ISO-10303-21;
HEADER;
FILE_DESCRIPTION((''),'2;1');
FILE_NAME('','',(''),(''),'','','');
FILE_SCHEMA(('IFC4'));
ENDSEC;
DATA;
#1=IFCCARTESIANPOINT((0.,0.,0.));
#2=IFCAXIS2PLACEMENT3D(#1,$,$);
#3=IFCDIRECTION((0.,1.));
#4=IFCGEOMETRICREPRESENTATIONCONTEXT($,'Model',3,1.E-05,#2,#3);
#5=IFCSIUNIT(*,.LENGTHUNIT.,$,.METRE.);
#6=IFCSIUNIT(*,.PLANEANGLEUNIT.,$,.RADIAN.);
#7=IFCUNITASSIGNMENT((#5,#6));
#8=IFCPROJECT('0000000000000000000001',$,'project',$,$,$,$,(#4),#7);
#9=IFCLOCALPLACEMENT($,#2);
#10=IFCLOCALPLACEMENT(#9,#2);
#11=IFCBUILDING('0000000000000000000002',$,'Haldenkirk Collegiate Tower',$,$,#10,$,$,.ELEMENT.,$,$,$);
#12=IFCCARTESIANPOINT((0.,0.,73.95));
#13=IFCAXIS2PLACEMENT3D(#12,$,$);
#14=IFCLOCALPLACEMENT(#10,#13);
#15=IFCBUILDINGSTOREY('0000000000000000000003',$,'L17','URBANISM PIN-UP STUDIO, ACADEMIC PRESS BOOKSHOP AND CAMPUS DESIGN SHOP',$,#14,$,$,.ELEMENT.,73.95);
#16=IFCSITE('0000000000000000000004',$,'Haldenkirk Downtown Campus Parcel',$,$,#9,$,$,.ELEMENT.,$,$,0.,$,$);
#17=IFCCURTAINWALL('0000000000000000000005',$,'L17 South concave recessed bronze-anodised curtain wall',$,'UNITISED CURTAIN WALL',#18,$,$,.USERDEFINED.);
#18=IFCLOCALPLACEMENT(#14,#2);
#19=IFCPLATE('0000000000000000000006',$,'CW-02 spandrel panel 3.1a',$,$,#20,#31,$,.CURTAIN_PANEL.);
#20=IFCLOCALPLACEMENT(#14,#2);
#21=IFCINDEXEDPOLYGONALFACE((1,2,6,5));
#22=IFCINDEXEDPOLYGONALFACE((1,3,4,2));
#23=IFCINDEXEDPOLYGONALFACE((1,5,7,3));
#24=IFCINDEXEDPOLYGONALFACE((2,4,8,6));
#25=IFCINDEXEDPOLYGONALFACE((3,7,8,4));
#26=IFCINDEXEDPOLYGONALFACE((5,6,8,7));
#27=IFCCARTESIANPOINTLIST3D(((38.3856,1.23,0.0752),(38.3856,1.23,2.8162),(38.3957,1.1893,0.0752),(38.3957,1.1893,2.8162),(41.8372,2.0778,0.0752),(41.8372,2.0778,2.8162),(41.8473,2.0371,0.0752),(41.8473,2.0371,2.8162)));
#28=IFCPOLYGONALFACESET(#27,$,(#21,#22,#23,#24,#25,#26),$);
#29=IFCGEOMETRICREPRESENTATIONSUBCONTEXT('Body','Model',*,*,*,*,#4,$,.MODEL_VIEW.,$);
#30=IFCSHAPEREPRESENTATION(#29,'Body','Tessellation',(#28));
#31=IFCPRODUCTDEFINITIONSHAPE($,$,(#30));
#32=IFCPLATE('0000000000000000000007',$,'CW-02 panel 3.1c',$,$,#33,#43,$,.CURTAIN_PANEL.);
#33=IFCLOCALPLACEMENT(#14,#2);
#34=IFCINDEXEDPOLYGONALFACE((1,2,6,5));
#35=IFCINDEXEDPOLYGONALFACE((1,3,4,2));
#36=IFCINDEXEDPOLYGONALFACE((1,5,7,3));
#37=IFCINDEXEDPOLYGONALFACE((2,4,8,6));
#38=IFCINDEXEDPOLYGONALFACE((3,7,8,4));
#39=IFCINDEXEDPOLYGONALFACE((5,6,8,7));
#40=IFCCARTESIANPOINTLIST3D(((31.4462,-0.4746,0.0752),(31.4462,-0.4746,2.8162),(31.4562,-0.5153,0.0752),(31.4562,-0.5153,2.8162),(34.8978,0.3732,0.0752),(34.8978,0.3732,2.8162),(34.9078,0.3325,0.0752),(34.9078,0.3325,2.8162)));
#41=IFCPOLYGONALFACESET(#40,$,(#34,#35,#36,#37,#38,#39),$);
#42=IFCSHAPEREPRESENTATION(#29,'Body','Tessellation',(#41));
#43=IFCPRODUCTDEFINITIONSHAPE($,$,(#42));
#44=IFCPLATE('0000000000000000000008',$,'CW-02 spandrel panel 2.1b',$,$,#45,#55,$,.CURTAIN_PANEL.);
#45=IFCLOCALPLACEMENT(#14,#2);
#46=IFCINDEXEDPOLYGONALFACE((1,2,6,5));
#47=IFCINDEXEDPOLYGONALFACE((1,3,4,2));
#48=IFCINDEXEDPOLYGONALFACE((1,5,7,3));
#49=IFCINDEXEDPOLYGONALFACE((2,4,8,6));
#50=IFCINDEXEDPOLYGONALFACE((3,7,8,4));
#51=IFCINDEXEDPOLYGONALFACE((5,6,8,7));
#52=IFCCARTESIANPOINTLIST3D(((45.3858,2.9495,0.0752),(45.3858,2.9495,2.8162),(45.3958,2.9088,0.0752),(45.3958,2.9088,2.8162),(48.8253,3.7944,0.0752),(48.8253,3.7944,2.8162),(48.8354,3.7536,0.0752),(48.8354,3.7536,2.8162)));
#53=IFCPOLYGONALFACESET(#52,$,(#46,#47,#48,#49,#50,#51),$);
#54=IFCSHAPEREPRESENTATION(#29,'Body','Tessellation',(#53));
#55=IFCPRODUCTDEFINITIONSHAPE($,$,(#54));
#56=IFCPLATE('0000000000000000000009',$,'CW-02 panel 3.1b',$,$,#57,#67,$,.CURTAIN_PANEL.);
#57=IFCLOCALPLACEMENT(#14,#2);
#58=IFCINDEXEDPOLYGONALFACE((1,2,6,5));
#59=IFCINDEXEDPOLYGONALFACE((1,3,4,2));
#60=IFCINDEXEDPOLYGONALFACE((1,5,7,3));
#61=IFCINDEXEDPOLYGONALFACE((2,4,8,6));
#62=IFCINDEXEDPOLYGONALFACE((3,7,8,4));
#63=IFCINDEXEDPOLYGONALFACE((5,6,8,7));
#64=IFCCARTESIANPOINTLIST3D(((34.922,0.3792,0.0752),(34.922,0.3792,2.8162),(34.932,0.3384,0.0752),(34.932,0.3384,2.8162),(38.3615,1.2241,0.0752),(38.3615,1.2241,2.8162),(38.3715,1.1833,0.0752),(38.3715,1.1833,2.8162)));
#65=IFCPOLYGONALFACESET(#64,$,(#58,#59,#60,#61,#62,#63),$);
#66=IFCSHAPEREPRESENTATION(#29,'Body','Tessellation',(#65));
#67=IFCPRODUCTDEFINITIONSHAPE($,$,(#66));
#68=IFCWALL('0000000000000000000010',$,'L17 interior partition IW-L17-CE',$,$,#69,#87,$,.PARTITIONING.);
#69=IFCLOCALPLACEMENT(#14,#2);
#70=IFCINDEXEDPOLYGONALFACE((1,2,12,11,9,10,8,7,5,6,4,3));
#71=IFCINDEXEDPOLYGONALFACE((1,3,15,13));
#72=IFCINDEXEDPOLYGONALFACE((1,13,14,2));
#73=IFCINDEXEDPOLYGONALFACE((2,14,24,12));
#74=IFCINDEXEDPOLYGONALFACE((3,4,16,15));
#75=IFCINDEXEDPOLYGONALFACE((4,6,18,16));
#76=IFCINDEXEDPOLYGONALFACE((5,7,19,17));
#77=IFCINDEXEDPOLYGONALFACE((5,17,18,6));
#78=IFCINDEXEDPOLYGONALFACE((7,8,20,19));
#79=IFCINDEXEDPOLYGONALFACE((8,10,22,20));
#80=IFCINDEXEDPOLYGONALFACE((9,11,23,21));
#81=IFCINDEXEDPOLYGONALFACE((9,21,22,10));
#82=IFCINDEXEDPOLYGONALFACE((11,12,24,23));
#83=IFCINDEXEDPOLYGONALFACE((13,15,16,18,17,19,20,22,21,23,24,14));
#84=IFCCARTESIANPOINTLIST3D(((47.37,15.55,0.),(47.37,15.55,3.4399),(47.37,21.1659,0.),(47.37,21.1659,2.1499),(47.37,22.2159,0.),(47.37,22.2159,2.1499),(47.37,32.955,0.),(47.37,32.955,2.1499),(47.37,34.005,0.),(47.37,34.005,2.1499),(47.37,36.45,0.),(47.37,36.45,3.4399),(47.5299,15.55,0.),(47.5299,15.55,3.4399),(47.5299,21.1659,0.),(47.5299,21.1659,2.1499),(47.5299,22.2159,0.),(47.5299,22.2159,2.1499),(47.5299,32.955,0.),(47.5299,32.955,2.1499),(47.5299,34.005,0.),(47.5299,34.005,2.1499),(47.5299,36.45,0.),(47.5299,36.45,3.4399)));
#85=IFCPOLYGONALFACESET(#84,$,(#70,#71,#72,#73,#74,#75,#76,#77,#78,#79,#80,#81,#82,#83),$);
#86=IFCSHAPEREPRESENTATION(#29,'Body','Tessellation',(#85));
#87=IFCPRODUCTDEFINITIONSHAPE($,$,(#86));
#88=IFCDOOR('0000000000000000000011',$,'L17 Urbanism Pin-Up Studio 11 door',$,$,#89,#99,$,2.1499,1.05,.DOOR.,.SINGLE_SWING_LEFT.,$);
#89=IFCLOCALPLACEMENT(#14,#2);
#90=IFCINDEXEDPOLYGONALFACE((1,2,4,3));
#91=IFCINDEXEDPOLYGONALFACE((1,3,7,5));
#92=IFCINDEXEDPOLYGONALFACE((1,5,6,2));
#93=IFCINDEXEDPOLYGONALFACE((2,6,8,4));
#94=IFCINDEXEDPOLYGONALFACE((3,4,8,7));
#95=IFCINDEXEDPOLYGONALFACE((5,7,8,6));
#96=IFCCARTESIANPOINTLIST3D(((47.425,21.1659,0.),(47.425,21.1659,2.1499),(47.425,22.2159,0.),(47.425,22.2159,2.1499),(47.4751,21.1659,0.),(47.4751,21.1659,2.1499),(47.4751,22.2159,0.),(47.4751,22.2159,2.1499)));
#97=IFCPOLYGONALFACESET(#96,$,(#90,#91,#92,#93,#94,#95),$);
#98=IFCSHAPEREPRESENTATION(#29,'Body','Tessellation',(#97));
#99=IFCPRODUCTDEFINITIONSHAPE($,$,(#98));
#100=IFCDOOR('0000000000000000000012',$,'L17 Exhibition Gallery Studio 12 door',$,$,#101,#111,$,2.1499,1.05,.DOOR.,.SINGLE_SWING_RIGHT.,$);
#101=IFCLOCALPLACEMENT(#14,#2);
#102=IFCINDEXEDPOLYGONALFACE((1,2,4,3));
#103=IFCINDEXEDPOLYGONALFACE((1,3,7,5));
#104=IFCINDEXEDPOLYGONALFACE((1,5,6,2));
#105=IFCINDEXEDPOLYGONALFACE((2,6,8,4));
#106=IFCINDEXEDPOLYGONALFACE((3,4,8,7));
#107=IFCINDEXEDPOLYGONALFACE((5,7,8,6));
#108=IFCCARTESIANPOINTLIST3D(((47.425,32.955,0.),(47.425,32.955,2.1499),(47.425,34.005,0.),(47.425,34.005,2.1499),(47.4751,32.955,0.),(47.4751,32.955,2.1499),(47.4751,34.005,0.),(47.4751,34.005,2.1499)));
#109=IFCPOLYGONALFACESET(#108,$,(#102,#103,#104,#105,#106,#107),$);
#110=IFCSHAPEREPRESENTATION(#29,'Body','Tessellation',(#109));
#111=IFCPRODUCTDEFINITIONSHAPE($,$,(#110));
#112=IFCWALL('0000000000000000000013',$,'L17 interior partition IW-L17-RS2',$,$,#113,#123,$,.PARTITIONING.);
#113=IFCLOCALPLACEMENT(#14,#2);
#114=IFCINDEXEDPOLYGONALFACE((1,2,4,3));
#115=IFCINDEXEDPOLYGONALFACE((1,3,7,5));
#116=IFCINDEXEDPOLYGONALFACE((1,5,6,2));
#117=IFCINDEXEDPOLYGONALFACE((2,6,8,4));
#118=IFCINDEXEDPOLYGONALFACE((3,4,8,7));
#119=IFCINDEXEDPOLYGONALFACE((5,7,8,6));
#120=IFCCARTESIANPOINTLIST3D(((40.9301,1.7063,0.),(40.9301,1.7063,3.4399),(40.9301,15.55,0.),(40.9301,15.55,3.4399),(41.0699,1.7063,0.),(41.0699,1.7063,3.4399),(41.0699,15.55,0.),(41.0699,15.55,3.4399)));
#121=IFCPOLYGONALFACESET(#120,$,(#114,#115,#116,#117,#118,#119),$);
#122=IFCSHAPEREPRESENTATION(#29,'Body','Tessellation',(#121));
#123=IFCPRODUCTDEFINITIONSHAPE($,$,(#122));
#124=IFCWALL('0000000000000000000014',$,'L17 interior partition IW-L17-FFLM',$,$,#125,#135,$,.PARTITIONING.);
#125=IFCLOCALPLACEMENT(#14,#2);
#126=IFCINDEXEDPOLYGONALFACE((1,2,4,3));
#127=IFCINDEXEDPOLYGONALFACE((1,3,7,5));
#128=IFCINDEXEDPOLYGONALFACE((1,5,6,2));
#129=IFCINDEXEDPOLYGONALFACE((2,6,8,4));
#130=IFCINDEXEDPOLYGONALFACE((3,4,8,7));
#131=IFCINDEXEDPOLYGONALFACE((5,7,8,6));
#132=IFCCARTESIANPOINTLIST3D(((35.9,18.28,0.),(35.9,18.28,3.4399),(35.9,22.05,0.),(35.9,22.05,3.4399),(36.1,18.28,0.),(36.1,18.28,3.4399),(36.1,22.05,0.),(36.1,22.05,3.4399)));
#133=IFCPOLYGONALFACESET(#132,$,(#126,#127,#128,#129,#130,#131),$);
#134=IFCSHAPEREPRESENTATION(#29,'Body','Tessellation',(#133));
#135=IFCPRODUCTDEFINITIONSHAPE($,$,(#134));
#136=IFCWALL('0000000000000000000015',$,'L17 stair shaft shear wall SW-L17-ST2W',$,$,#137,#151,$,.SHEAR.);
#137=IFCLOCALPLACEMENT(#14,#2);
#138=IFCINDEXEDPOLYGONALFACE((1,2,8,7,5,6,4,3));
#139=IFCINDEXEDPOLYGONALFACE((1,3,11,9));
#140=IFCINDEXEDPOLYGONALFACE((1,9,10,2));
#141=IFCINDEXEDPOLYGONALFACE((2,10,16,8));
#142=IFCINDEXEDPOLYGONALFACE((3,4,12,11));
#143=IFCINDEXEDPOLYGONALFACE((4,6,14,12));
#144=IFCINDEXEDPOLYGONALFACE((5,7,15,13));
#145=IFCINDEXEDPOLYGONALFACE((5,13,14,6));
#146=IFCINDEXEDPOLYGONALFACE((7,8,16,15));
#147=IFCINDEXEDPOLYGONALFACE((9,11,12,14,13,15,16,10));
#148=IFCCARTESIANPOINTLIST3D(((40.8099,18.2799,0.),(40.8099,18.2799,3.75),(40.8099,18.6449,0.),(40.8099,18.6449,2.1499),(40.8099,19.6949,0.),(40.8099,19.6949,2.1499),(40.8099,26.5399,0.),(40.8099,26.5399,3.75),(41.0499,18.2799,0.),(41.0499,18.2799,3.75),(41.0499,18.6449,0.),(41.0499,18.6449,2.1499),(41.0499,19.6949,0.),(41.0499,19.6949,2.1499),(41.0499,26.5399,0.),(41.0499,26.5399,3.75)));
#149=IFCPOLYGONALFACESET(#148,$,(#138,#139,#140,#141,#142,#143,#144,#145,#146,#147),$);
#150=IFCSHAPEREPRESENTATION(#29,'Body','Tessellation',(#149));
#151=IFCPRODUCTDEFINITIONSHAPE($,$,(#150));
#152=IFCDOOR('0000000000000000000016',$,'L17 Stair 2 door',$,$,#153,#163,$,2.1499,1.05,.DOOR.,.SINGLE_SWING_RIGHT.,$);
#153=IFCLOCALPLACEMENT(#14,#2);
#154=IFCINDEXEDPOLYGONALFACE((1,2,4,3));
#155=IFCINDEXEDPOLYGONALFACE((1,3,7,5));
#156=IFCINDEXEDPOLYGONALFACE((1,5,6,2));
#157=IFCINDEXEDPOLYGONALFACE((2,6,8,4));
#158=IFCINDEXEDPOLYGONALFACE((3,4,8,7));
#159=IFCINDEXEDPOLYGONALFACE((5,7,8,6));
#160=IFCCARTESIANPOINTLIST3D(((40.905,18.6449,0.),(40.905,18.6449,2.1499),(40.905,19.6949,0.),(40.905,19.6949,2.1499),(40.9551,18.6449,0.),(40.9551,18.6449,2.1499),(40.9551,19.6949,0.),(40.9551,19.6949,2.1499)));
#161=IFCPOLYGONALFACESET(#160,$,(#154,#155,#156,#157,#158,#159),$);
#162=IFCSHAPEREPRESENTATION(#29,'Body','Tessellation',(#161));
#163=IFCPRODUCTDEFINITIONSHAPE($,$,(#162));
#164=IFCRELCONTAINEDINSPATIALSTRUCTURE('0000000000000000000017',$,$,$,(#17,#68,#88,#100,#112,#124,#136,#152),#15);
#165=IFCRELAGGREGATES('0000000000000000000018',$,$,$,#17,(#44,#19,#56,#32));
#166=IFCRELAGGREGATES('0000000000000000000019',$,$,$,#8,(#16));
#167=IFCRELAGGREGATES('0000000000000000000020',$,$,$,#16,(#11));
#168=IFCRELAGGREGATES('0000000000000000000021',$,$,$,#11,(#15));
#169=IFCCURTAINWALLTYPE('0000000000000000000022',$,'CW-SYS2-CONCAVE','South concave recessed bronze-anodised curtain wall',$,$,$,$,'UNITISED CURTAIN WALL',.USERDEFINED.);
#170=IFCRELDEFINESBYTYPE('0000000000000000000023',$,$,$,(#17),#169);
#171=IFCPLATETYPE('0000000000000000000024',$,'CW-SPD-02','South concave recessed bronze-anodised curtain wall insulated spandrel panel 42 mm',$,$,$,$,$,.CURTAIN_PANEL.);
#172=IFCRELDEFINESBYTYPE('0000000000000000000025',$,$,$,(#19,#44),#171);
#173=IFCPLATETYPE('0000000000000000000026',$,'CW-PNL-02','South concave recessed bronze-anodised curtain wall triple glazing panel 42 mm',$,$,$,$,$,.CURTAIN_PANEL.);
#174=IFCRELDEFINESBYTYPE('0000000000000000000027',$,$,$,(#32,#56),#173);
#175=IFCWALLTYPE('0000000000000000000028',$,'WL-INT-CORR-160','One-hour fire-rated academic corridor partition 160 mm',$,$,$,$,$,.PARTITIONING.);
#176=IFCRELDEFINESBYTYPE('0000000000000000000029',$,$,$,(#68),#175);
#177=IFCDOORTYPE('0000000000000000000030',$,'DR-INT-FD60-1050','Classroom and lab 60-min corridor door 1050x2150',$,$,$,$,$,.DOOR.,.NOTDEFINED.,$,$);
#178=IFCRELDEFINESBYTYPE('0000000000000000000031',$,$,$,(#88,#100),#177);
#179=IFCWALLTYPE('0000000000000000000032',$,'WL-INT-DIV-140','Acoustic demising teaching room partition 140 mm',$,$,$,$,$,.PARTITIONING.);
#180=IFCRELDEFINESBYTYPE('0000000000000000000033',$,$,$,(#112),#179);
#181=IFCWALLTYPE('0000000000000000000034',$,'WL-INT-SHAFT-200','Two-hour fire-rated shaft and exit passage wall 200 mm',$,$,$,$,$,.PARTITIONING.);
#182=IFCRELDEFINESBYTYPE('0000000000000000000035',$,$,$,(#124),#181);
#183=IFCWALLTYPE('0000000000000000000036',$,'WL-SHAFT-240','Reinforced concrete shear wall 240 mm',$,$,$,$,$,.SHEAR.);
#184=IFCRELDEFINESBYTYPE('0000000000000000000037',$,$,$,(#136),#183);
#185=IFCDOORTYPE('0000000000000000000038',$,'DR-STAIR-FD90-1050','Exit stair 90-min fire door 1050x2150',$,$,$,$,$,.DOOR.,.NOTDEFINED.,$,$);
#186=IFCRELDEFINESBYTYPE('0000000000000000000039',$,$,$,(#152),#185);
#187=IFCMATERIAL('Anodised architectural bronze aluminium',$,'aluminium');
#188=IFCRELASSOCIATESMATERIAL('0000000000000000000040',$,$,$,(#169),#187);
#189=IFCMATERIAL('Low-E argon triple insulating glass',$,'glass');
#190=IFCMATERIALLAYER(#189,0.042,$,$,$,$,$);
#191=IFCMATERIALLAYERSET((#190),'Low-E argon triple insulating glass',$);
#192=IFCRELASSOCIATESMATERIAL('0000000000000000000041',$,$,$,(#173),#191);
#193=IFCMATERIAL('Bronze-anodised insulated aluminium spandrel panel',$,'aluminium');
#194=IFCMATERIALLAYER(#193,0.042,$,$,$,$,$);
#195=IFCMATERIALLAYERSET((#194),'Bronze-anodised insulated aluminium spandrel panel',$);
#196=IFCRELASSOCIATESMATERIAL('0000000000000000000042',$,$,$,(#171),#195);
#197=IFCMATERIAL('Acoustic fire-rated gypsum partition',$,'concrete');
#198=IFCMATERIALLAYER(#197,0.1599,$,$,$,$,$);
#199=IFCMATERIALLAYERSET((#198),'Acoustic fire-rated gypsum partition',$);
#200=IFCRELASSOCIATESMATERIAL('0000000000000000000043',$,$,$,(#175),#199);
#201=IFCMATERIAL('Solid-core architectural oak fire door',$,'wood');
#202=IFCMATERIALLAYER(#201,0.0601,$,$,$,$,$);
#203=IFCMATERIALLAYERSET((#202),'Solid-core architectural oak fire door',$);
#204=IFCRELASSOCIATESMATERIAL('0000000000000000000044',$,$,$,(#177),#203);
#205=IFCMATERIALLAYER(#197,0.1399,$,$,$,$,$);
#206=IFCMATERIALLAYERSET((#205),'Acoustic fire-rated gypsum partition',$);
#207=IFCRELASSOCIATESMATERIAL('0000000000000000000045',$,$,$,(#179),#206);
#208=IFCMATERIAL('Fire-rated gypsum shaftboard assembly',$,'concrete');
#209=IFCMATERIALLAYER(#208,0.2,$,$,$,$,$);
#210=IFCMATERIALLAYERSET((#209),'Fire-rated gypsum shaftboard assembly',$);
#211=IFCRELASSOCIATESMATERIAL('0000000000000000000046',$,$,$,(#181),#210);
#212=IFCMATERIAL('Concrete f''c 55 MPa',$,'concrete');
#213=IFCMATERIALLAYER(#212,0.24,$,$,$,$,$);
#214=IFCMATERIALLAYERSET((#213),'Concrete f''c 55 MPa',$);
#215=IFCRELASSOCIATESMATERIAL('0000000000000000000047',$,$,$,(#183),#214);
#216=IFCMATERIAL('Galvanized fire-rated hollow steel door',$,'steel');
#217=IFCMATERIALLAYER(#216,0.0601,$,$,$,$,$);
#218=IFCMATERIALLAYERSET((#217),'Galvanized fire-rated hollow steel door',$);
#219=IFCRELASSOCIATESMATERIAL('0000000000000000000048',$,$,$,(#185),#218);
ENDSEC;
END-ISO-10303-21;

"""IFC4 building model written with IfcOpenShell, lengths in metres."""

from ifc_helpers import new_model, si_unit, direction, frame, frame_2d, origin, origin_2d, place, context, subcontext, project, spatial, rectangle, extrude, source, transform, mapped, material, layer, layer_set, type_object, element, fill, aggregate, save


model = new_model("IFC4")

# Units and contexts
model_context = context("Model", 3, precision=1e-05, world=origin(), true_north=direction((0.0, 1.0)))
body_context = subcontext(model_context, "Body", "Model", "MODEL_VIEW")
ifc_project = project(units=[si_unit("LENGTHUNIT", "METRE"), si_unit("PLANEANGLEUNIT", "RADIAN")], contexts=[model_context])

# Site, building, storey
site_placement = place(None, origin())
site = spatial("IfcSite", under=ifc_project, at=site_placement, Name="Haldenkirk Downtown Campus Parcel", CompositionType="ELEMENT", RefElevation=0.0)
building_placement = place(site_placement, origin())
building = spatial("IfcBuilding", under=site, at=building_placement, Name="Haldenkirk Collegiate Tower", CompositionType="ELEMENT")
storey_placement = place(building_placement, frame((0.0, 0.0, 73.95)))
storey = spatial("IfcBuildingStorey", under=building, at=storey_placement, Name="L17", Description="URBANISM PIN-UP STUDIO, ACADEMIC PRESS BOOKSHOP AND CAMPUS DESIGN SHOP", CompositionType="ELEMENT", Elevation=73.95)

# Curtain wall
ifc_material_1 = material(Name="Anodised architectural bronze aluminium", Category="aluminium")
curtain_wall_type = type_object("IfcCurtainWallType", Name="CW-SYS2-CONCAVE", Description="South concave recessed bronze-anodised curtain wall", ElementType="UNITISED CURTAIN WALL", PredefinedType="USERDEFINED", material=ifc_material_1)
curtain_wall_placement = place(storey_placement, origin())
curtain_wall = element("IfcCurtainWall", 1, at=curtain_wall_placement, inside=storey, type_object=curtain_wall_type, Name="L17 South concave recessed bronze-anodised curtain wall", ObjectType="UNITISED CURTAIN WALL", PredefinedType="USERDEFINED")

# Plates
ifc_material_2 = material(Name="Low-E argon triple insulating glass", Category="glass")
ifc_layer_1 = layer(ifc_material_2, 0.042)
ifc_layer_set_1 = layer_set([ifc_layer_1], Name="Low-E argon triple insulating glass")
plate_type_1 = type_object("IfcPlateType", Name="CW-PNL-02", Description="South concave recessed bronze-anodised curtain wall triple glazing panel 42 mm", PredefinedType="CURTAIN_PANEL", material=ifc_layer_set_1)
shared_shape_1 = source(origin(), body_context, "Body", "SweptSolid", [
    extrude(rectangle(XDim=3.5542, YDim=0.042, at=origin_2d()), origin(), (0.0, 0.0, 1.0), 2.741),
])
ifc_material_3 = material(Name="Bronze-anodised insulated aluminium spandrel panel", Category="aluminium")
ifc_layer_2 = layer(ifc_material_3, 0.042)
ifc_layer_set_2 = layer_set([ifc_layer_2], Name="Bronze-anodised insulated aluminium spandrel panel")
plate_type_2 = type_object("IfcPlateType", Name="CW-SPD-02", Description="South concave recessed bronze-anodised curtain wall insulated spandrel panel 42 mm", PredefinedType="CURTAIN_PANEL", material=ifc_layer_set_2)
plate_1_placement = place(storey_placement, frame((40.1165, 1.6335, 0.0752), z_axis=(0.0, 0.0, 1.0), x_axis=(-0.971134, -0.238533, 0.0)))
plate_1 = element("IfcPlate", 2, at=plate_1_placement, type_object=plate_type_2, Name="CW-02 spandrel panel 3.1a", PredefinedType="CURTAIN_PANEL", context=body_context, shape_type="MappedRepresentation", body=[
    mapped(shared_shape_1, transform((0.0, 0.0, 0.0), x_axis=(1.0, 0.0, 0.0), y_axis=(0.0, 1.0, 0.0), z_axis=(0.0, 0.0, 1.0), scale=1.0)),
])
plate_2_placement = place(storey_placement, frame((33.177, -0.071, 0.0752), z_axis=(0.0, 0.0, 1.0), x_axis=(-0.971134, -0.238533, 0.0)))
plate_2 = element("IfcPlate", 3, at=plate_2_placement, type_object=plate_type_1, Name="CW-02 panel 3.1c", PredefinedType="CURTAIN_PANEL", context=body_context, shape_type="MappedRepresentation", body=[
    mapped(shared_shape_1, transform((0.0, 0.0, 0.0), x_axis=(1.0, 0.0, 0.0), y_axis=(0.0, 1.0, 0.0), z_axis=(0.0, 0.0, 1.0), scale=1.0)),
])
shared_shape_2 = source(origin(), body_context, "Body", "SweptSolid", [
    extrude(rectangle(XDim=3.5417, YDim=0.042, at=origin_2d()), origin(), (0.0, 0.0, 1.0), 2.741),
])
plate_3_placement = place(storey_placement, frame((47.1106, 3.3516, 0.0752), z_axis=(0.0, 0.0, 1.0), x_axis=(-0.971134, -0.238533, 0.0)))
plate_3 = element("IfcPlate", 4, at=plate_3_placement, type_object=plate_type_2, Name="CW-02 spandrel panel 2.1b", PredefinedType="CURTAIN_PANEL", context=body_context, shape_type="MappedRepresentation", body=[
    mapped(shared_shape_2, transform((0.0, 0.0, 0.0), x_axis=(1.0, 0.0, 0.0), y_axis=(0.0, 1.0, 0.0), z_axis=(0.0, 0.0, 1.0), scale=1.0)),
])
plate_4_placement = place(storey_placement, frame((36.6467, 0.7812, 0.0752), z_axis=(0.0, 0.0, 1.0), x_axis=(-0.971134, -0.238533, 0.0)))
plate_4 = element("IfcPlate", 5, at=plate_4_placement, type_object=plate_type_1, Name="CW-02 panel 3.1b", PredefinedType="CURTAIN_PANEL", context=body_context, shape_type="MappedRepresentation", body=[
    mapped(shared_shape_2, transform((0.0, 0.0, 0.0), x_axis=(1.0, 0.0, 0.0), y_axis=(0.0, 1.0, 0.0), z_axis=(0.0, 0.0, 1.0), scale=1.0)),
])
aggregate(curtain_wall, [plate_3, plate_1, plate_4, plate_2])

# Wall, openings, doors
ifc_material_4 = material(Name="Acoustic fire-rated gypsum partition", Category="concrete")
ifc_layer_3 = layer(ifc_material_4, 0.1599)
ifc_layer_set_3 = layer_set([ifc_layer_3], Name="Acoustic fire-rated gypsum partition")
wall_type_1 = type_object("IfcWallType", Name="WL-INT-CORR-160", Description="One-hour fire-rated academic corridor partition 160 mm", PredefinedType="PARTITIONING", material=ifc_layer_set_3)
wall_1_placement = place(storey_placement, frame((47.45, 15.55, 0.0), z_axis=(0.0, 0.0, 1.0), x_axis=(0.0, 1.0, 0.0)))
wall_1 = element("IfcWall", 6, at=wall_1_placement, inside=storey, type_object=wall_type_1, Name="L17 interior partition IW-L17-CE", PredefinedType="PARTITIONING", context=body_context, shape_type="SweptSolid", body=[
    extrude(rectangle(XDim=20.8999, YDim=0.1599, at=frame_2d((10.45, 0.0))), origin(), (0.0, 0.0, 1.0), 3.4399),
])
opening_1_placement = place(wall_1_placement, frame((5.616, 0.0, 0.0)))
opening_1 = element("IfcOpeningElement", 7, at=opening_1_placement, cuts=wall_1, PredefinedType="OPENING", context=body_context, shape_type="SweptSolid", body=[
    extrude(rectangle(XDim=1.05, YDim=2.1499, at=frame_2d((0.5249, 1.075))), frame((0.0, 0.0898, 0.0), z_axis=(0.0, -1.0, 0.0), x_axis=(1.0, 0.0, 0.0)), (0.0, 0.0, 1.0), 0.1799),
])
opening_2_placement = place(wall_1_placement, frame((17.405, 0.0, 0.0)))
opening_2 = element("IfcOpeningElement", 8, at=opening_2_placement, cuts=wall_1, PredefinedType="OPENING", context=body_context, shape_type="SweptSolid", body=[
    extrude(rectangle(XDim=1.05, YDim=2.1499, at=frame_2d((0.5249, 1.075))), frame((0.0, 0.0898, 0.0), z_axis=(0.0, -1.0, 0.0), x_axis=(1.0, 0.0, 0.0)), (0.0, 0.0, 1.0), 0.1799),
])
ifc_material_5 = material(Name="Solid-core architectural oak fire door", Category="wood")
ifc_layer_4 = layer(ifc_material_5, 0.0601)
ifc_layer_set_4 = layer_set([ifc_layer_4], Name="Solid-core architectural oak fire door")
door_type_1 = type_object("IfcDoorType", Name="DR-INT-FD60-1050", Description="Classroom and lab 60-min corridor door 1050x2150", OperationType="NOTDEFINED", PredefinedType="DOOR", material=ifc_layer_set_4)
door_1_placement = place(opening_1_placement, origin())
door_1 = element("IfcDoor", 9, at=door_1_placement, inside=storey, type_object=door_type_1, Name="L17 Urbanism Pin-Up Studio 11 door", OperationType="SINGLE_SWING_LEFT", OverallHeight=2.1499, OverallWidth=1.05, PredefinedType="DOOR", context=body_context, shape_type="SweptSolid", body=[
    extrude(rectangle(XDim=1.05, YDim=2.1499, at=frame_2d((0.5249, 1.075))), frame((0.0, 0.0249, 0.0), z_axis=(0.0, -1.0, 0.0), x_axis=(1.0, 0.0, 0.0)), (0.0, 0.0, 1.0), 0.05),
])
fill(opening_1, door_1)
door_2_placement = place(opening_2_placement, origin())
door_2 = element("IfcDoor", 10, at=door_2_placement, inside=storey, type_object=door_type_1, Name="L17 Exhibition Gallery Studio 12 door", OperationType="SINGLE_SWING_RIGHT", OverallHeight=2.1499, OverallWidth=1.05, PredefinedType="DOOR", context=body_context, shape_type="SweptSolid", body=[
    extrude(rectangle(XDim=1.05, YDim=2.1499, at=frame_2d((0.5249, 1.075))), frame((0.0, 0.0249, 0.0), z_axis=(0.0, -1.0, 0.0), x_axis=(1.0, 0.0, 0.0)), (0.0, 0.0, 1.0), 0.05),
])
fill(opening_2, door_2)

# Walls
ifc_layer_5 = layer(ifc_material_4, 0.1399)
ifc_layer_set_5 = layer_set([ifc_layer_5], Name="Acoustic fire-rated gypsum partition")
wall_type_2 = type_object("IfcWallType", Name="WL-INT-DIV-140", Description="Acoustic demising teaching room partition 140 mm", PredefinedType="PARTITIONING", material=ifc_layer_set_5)
wall_2_placement = place(storey_placement, frame((41.0, 1.7063, 0.0), z_axis=(0.0, 0.0, 1.0), x_axis=(0.0, 1.0, 0.0)))
element("IfcWall", 11, at=wall_2_placement, inside=storey, type_object=wall_type_2, Name="L17 interior partition IW-L17-RS2", PredefinedType="PARTITIONING", context=body_context, shape_type="SweptSolid", body=[
    extrude(rectangle(XDim=13.8438, YDim=0.1399, at=frame_2d((6.9219, 0.0))), origin(), (0.0, 0.0, 1.0), 3.4399),
])
ifc_material_6 = material(Name="Fire-rated gypsum shaftboard assembly", Category="concrete")
ifc_layer_6 = layer(ifc_material_6, 0.2)
ifc_layer_set_6 = layer_set([ifc_layer_6], Name="Fire-rated gypsum shaftboard assembly")
wall_type_3 = type_object("IfcWallType", Name="WL-INT-SHAFT-200", Description="Two-hour fire-rated shaft and exit passage wall 200 mm", PredefinedType="PARTITIONING", material=ifc_layer_set_6)
wall_3_placement = place(storey_placement, frame((36.0, 18.28, 0.0), z_axis=(0.0, 0.0, 1.0), x_axis=(0.0, 1.0, 0.0)))
element("IfcWall", 12, at=wall_3_placement, inside=storey, type_object=wall_type_3, Name="L17 interior partition IW-L17-FFLM", PredefinedType="PARTITIONING", context=body_context, shape_type="SweptSolid", body=[
    extrude(rectangle(XDim=3.77, YDim=0.2, at=frame_2d((1.885, 0.0))), origin(), (0.0, 0.0, 1.0), 3.4399),
])

# Wall, opening, door
ifc_material_7 = material(Name="Concrete f'c 55 MPa", Category="concrete")
ifc_layer_7 = layer(ifc_material_7, 0.24)
ifc_layer_set_7 = layer_set([ifc_layer_7], Name="Concrete f'c 55 MPa")
wall_type_4 = type_object("IfcWallType", Name="WL-SHAFT-240", Description="Reinforced concrete shear wall 240 mm", PredefinedType="SHEAR", material=ifc_layer_set_7)
wall_4_placement = place(storey_placement, frame((40.9299, 18.28, 0.0), z_axis=(0.0, 0.0, 1.0), x_axis=(0.0, 1.0, 0.0)))
wall_4 = element("IfcWall", 13, at=wall_4_placement, inside=storey, type_object=wall_type_4, Name="L17 stair shaft shear wall SW-L17-ST2W", PredefinedType="SHEAR", context=body_context, shape_type="SweptSolid", body=[
    extrude(rectangle(XDim=8.26, YDim=0.24, at=frame_2d((4.1299, 0.0))), origin(), (0.0, 0.0, 1.0), 3.75),
])
opening_3_placement = place(wall_4_placement, frame((0.365, 0.0, 0.0)))
opening_3 = element("IfcOpeningElement", 14, at=opening_3_placement, cuts=wall_4, PredefinedType="OPENING", context=body_context, shape_type="SweptSolid", body=[
    extrude(rectangle(XDim=1.05, YDim=2.1499, at=frame_2d((0.5249, 1.075))), frame((0.0, 0.1299, 0.0), z_axis=(0.0, -1.0, 0.0), x_axis=(1.0, 0.0, 0.0)), (0.0, 0.0, 1.0), 0.26),
])
ifc_material_8 = material(Name="Galvanized fire-rated hollow steel door", Category="steel")
ifc_layer_8 = layer(ifc_material_8, 0.0601)
ifc_layer_set_8 = layer_set([ifc_layer_8], Name="Galvanized fire-rated hollow steel door")
door_type_2 = type_object("IfcDoorType", Name="DR-STAIR-FD90-1050", Description="Exit stair 90-min fire door 1050x2150", OperationType="NOTDEFINED", PredefinedType="DOOR", material=ifc_layer_set_8)
door_3_placement = place(opening_3_placement, origin())
door_3 = element("IfcDoor", 15, at=door_3_placement, inside=storey, type_object=door_type_2, Name="L17 Stair 2 door", OperationType="SINGLE_SWING_RIGHT", OverallHeight=2.1499, OverallWidth=1.05, PredefinedType="DOOR", context=body_context, shape_type="SweptSolid", body=[
    extrude(rectangle(XDim=1.05, YDim=2.1499, at=frame_2d((0.5249, 1.075))), frame((0.0, 0.0249, 0.0), z_axis=(0.0, -1.0, 0.0), x_axis=(1.0, 0.0, 0.0)), (0.0, 0.0, 1.0), 0.05),
])
fill(opening_3, door_3)

save(model, "model.ifc")
